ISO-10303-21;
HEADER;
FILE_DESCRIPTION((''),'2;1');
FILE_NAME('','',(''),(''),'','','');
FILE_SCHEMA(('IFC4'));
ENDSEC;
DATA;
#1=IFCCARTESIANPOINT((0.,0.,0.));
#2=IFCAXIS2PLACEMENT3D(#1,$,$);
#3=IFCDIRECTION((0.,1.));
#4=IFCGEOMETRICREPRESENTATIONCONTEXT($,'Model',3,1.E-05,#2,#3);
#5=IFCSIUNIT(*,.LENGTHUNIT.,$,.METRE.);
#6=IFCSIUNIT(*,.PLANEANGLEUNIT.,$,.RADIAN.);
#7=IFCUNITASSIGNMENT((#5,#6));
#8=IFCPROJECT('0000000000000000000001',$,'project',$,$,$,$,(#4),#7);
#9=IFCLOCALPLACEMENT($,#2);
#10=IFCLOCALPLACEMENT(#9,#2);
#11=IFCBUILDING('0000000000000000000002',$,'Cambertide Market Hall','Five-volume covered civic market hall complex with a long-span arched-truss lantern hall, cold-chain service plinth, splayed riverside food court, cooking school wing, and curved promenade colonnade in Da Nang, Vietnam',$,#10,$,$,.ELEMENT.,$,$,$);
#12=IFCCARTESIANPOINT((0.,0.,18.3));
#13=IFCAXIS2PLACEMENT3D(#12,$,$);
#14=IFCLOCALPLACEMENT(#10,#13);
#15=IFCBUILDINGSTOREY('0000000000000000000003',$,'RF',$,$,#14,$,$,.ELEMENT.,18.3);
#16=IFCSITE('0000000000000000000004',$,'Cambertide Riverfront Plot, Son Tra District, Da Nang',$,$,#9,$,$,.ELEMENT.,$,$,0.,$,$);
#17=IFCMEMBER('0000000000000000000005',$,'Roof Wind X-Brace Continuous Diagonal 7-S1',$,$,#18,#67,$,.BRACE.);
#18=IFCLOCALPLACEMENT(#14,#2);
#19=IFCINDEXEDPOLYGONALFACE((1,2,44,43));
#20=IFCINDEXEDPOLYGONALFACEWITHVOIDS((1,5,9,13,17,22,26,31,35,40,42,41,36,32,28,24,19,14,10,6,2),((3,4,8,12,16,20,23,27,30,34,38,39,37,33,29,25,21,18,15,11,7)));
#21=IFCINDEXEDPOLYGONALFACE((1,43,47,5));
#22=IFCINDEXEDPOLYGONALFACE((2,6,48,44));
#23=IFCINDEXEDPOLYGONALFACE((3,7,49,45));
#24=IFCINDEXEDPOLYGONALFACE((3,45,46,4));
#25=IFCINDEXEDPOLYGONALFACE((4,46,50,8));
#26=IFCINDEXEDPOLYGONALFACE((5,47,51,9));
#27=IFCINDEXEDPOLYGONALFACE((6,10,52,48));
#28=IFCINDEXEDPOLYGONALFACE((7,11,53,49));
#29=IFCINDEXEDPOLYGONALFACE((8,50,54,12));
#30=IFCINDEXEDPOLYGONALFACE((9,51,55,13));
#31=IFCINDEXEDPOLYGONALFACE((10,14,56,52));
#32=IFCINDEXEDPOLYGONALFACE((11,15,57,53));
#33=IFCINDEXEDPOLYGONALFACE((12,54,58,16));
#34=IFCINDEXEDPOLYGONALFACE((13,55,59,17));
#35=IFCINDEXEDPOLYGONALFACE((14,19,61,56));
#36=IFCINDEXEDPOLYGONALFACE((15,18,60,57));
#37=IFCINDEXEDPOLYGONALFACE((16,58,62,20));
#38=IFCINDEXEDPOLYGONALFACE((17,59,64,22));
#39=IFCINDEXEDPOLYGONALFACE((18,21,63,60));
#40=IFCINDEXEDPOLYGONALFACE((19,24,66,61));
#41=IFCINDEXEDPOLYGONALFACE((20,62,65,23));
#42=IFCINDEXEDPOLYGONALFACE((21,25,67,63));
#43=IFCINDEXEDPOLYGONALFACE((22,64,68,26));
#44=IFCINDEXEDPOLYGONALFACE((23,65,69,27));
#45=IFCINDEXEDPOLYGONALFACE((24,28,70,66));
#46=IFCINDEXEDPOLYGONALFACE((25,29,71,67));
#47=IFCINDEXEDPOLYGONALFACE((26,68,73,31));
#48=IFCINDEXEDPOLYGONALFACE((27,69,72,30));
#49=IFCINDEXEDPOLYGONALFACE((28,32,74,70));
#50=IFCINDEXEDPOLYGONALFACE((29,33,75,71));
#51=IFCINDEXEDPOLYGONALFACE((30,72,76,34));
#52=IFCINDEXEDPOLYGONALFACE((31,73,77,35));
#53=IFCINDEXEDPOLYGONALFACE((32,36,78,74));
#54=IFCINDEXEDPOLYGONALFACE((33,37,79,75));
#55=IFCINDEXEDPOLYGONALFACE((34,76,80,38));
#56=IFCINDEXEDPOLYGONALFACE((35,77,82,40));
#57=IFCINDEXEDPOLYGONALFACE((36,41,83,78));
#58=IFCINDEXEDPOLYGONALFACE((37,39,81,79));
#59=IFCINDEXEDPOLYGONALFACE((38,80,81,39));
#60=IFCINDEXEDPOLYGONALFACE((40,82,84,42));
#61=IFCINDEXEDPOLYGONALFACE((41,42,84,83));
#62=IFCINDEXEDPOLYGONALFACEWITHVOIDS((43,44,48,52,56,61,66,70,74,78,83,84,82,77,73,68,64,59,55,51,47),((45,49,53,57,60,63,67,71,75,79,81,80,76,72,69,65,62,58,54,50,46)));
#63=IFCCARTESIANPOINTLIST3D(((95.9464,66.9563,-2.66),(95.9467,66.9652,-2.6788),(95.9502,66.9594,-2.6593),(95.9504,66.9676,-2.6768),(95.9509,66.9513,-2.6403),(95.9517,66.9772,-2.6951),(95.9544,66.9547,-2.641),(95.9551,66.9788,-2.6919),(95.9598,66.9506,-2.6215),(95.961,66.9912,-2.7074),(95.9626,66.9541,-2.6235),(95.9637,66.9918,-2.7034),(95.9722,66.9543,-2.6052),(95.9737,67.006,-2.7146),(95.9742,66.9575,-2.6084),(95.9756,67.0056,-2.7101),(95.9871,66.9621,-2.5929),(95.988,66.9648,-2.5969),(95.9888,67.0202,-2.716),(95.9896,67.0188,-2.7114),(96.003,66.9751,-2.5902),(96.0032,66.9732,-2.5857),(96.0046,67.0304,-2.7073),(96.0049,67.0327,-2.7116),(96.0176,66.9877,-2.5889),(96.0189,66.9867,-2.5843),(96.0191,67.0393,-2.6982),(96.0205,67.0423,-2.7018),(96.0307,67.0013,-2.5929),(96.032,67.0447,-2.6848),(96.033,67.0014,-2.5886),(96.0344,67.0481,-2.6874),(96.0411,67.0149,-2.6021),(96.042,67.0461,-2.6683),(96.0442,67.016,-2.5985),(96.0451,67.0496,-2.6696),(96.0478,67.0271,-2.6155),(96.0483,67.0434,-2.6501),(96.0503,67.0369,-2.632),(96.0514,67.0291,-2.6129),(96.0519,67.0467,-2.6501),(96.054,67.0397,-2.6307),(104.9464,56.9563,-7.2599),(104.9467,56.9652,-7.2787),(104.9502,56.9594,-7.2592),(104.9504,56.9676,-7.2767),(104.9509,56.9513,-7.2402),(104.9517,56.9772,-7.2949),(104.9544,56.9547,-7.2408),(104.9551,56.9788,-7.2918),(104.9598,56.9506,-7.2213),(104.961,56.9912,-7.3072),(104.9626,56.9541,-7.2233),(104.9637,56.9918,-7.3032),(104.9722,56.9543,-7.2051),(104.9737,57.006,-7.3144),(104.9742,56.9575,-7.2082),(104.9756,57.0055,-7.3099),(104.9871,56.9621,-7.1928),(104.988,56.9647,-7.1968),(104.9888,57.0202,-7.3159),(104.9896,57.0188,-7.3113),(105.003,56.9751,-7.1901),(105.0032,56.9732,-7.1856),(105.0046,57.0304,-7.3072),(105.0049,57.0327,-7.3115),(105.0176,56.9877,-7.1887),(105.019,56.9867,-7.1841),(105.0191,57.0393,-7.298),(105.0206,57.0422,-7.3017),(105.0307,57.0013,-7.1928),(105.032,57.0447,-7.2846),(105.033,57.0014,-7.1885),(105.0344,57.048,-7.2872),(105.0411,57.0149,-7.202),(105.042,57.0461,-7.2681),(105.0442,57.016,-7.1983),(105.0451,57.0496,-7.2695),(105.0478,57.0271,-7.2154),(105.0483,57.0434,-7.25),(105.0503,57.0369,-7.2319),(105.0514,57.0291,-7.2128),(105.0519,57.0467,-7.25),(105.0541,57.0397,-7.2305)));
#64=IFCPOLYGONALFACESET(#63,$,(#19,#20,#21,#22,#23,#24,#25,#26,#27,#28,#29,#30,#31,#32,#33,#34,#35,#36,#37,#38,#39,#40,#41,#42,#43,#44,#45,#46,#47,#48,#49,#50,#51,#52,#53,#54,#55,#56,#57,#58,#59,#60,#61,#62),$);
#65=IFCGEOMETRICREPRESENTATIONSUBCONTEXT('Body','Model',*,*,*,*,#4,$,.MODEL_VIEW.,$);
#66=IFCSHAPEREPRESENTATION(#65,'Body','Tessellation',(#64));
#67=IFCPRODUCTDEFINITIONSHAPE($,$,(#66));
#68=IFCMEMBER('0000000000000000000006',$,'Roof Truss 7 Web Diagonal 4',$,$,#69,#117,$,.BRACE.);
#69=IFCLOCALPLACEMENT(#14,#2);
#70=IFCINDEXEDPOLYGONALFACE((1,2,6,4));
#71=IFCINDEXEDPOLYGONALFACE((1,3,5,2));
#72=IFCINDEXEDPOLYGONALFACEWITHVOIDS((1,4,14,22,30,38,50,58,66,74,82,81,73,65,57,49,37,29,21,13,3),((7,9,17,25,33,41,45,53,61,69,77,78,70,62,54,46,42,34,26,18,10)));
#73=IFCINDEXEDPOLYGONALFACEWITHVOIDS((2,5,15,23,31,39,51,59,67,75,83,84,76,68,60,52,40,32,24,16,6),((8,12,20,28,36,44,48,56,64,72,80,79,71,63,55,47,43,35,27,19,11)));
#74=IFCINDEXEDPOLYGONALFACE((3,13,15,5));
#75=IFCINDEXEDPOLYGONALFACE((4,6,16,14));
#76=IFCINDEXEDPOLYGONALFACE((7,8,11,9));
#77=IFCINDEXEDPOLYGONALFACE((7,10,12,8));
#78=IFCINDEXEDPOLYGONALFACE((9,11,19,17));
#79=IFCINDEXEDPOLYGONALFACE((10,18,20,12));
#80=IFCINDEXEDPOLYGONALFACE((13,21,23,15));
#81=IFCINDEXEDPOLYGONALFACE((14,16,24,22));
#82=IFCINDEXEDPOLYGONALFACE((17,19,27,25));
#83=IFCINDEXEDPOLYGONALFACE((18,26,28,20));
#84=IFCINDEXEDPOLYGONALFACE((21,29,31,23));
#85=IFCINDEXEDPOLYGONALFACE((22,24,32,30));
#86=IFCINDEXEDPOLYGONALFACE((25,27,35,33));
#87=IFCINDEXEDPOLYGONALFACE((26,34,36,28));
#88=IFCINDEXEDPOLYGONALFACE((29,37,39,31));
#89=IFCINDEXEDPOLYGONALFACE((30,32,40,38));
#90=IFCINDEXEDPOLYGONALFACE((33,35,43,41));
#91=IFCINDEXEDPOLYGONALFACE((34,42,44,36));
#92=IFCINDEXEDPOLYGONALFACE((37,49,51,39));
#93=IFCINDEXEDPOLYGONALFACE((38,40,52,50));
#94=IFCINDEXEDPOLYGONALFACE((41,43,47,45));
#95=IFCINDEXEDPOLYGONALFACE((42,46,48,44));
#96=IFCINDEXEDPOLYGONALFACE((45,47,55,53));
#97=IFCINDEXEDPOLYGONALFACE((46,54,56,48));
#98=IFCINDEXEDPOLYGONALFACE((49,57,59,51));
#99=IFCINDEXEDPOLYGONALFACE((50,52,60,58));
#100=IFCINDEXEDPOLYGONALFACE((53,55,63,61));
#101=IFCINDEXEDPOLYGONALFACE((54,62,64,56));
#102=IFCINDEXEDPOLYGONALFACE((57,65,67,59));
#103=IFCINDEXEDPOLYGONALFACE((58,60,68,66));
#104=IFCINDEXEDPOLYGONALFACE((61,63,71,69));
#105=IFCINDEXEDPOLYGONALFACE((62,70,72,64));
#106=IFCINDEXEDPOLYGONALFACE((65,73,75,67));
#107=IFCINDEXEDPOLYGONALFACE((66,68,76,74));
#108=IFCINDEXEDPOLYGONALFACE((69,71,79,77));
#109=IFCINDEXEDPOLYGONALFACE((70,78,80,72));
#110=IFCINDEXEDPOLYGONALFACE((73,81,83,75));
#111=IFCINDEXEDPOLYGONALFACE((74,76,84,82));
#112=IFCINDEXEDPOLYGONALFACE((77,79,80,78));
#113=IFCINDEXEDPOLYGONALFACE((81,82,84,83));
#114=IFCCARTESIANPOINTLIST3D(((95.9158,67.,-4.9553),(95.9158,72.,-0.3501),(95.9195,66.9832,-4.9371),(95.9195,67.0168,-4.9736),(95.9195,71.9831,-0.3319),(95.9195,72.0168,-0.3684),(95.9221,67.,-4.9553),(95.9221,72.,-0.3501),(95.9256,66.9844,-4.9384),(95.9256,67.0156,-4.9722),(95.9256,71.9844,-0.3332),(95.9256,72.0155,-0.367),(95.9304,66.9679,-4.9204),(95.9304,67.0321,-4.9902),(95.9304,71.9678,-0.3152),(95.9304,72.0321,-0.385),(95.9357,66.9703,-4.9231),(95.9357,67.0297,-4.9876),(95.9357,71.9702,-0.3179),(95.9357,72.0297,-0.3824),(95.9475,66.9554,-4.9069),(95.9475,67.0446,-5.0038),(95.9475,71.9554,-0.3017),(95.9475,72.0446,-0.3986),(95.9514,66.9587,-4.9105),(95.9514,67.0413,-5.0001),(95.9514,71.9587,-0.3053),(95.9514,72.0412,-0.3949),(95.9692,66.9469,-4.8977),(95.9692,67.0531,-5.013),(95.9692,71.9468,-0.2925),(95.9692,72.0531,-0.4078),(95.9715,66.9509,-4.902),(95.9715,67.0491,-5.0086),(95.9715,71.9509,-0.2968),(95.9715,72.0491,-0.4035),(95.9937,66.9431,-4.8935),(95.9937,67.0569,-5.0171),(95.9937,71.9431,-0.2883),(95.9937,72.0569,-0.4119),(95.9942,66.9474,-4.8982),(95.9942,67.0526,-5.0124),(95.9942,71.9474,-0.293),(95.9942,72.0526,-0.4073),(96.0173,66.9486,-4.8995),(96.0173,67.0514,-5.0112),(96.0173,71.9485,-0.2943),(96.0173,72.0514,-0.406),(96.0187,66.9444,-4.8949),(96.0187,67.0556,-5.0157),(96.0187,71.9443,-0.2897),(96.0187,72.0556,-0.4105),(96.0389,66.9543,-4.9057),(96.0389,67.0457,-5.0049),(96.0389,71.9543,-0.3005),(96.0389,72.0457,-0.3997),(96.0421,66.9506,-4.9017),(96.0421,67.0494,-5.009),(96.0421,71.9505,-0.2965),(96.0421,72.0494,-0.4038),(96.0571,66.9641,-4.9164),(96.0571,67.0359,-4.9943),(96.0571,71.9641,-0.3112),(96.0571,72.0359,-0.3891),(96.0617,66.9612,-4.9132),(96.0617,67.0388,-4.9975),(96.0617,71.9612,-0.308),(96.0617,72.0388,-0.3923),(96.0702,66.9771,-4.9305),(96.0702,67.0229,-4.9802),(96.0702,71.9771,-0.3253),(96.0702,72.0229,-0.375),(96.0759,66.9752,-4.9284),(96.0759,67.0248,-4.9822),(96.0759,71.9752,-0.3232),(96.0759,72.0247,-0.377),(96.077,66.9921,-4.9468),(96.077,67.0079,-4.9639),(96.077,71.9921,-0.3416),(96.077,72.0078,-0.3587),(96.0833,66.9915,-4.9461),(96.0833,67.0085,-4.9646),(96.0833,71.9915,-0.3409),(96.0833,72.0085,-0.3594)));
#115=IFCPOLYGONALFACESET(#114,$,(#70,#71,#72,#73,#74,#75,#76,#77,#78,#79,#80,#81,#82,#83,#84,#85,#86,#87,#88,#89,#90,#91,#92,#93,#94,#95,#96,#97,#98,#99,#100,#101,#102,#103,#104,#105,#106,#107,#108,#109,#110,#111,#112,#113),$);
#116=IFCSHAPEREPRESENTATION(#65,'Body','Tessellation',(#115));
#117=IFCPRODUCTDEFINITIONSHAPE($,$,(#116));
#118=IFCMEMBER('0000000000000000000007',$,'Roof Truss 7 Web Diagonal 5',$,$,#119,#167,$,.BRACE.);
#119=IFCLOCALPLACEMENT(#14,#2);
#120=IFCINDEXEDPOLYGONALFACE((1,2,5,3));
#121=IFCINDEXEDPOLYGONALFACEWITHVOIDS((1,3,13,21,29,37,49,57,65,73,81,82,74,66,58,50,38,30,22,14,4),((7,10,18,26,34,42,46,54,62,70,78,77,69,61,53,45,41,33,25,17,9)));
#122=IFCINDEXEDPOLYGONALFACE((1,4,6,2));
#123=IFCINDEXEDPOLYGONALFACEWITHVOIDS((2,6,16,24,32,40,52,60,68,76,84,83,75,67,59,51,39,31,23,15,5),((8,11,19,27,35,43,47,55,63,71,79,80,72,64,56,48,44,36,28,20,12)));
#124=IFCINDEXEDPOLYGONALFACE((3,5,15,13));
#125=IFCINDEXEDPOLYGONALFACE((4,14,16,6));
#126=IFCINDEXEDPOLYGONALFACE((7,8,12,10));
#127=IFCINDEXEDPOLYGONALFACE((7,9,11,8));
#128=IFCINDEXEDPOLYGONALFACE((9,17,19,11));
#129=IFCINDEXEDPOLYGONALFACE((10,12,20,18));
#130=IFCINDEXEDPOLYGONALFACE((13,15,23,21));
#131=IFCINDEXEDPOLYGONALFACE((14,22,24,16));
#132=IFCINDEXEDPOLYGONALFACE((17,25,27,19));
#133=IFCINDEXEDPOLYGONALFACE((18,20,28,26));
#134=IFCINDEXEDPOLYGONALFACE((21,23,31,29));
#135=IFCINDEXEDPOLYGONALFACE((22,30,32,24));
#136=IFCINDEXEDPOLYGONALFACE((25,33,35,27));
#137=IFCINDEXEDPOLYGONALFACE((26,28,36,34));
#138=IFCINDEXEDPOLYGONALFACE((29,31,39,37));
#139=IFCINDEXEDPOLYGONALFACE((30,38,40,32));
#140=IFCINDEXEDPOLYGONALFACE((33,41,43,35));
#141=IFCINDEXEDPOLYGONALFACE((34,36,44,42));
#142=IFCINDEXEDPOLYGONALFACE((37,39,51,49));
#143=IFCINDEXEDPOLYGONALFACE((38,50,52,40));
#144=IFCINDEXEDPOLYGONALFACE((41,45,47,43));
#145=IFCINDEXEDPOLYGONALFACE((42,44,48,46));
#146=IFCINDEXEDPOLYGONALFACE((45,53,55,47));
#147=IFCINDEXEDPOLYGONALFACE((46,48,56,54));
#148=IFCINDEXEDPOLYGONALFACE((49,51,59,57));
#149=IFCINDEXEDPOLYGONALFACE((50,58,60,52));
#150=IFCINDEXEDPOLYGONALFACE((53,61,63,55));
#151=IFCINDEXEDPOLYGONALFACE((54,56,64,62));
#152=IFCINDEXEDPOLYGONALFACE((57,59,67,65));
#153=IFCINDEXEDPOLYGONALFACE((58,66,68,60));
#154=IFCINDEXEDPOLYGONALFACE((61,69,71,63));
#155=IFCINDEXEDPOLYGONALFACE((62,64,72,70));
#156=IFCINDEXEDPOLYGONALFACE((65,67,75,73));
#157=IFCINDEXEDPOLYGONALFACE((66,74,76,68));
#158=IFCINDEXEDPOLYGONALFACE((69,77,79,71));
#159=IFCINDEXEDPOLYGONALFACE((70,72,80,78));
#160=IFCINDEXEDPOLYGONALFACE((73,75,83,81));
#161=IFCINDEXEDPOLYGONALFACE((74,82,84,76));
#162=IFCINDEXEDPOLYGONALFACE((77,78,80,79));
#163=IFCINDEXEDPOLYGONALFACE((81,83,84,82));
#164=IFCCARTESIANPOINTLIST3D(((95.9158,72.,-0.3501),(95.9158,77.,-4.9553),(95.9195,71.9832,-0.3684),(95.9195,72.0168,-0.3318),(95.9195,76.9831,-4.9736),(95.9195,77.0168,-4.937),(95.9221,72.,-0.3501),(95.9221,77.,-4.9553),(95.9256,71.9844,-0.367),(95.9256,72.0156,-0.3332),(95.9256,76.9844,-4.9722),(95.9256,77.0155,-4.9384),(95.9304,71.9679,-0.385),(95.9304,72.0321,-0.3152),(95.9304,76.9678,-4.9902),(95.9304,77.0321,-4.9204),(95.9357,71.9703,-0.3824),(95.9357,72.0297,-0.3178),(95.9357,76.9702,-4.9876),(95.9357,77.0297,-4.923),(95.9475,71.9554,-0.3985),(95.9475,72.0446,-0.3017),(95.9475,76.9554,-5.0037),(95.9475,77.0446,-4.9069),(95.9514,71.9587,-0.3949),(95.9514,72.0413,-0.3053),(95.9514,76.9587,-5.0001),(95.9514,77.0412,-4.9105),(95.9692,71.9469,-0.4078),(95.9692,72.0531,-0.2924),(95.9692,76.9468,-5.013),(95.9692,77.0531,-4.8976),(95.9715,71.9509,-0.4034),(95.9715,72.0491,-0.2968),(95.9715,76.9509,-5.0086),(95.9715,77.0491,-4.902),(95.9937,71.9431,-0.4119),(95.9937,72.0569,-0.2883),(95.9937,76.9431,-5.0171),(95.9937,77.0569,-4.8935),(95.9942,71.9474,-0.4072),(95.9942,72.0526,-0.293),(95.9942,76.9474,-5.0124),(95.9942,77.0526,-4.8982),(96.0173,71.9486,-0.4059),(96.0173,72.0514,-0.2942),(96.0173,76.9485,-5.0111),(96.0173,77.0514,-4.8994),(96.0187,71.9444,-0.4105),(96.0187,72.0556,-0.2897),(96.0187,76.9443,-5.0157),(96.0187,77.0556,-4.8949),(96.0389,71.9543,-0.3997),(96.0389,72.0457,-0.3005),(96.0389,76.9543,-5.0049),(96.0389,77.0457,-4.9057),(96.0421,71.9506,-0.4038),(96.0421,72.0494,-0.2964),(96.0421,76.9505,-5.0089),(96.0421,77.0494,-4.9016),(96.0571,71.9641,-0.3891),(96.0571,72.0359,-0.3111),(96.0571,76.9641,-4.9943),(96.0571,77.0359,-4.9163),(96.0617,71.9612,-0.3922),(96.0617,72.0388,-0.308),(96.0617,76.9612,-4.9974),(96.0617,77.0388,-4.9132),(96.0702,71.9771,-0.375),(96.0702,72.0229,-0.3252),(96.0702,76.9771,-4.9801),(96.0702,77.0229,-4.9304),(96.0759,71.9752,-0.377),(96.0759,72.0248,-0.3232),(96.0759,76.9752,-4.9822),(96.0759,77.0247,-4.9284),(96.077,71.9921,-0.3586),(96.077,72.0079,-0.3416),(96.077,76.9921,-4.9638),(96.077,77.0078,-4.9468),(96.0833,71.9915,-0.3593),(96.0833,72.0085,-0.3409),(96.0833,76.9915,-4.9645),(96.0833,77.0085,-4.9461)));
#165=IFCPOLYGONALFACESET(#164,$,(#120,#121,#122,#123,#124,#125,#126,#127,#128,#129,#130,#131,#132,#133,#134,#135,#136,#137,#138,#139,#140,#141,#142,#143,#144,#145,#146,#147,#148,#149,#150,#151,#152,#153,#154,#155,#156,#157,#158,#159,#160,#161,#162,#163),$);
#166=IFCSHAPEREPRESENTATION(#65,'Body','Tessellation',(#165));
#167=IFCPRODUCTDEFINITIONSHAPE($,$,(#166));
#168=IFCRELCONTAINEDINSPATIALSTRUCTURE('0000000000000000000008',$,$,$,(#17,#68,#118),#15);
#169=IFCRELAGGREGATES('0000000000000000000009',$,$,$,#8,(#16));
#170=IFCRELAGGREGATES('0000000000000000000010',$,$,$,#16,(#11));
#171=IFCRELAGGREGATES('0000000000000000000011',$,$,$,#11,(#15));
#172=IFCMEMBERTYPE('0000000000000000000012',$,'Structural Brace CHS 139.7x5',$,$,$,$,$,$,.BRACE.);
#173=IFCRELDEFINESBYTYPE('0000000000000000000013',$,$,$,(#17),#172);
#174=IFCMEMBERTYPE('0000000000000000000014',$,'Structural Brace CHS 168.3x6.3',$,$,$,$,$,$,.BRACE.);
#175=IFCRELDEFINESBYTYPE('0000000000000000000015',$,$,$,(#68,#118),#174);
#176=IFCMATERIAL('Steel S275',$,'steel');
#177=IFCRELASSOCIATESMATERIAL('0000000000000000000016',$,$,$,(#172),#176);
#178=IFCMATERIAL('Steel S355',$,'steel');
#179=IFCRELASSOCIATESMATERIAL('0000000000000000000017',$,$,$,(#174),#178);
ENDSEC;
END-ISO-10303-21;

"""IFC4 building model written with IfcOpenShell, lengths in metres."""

from ifc_helpers import new_model, si_unit, direction, frame, origin, origin_2d, place, context, subcontext, project, spatial, hollow_circle, extrude, material, material_profile, profile_set, type_object, element, save


model = new_model("IFC4")

# Units and contexts
model_context = context("Model", 3, precision=1e-05, world=origin(), true_north=direction((0.0, 1.0)))
body_context = subcontext(model_context, "Body", "Model", "MODEL_VIEW")
ifc_project = project(units=[si_unit("LENGTHUNIT", "METRE"), si_unit("PLANEANGLEUNIT", "RADIAN")], contexts=[model_context])

# Site, building, storey
site_placement = place(None, origin())
site = spatial("IfcSite", under=ifc_project, at=site_placement, Name="Cambertide Riverfront Plot, Son Tra District, Da Nang", CompositionType="ELEMENT", RefElevation=0.0)
building_placement = place(site_placement, origin())
building = spatial("IfcBuilding", under=site, at=building_placement, Name="Cambertide Market Hall", Description="Five-volume covered civic market hall complex with a long-span arched-truss lantern hall, cold-chain service plinth, splayed riverside food court, cooking school wing, and curved promenade colonnade in Da Nang, Vietnam", CompositionType="ELEMENT")
storey_placement = place(building_placement, frame((0.0, 0.0, 18.3)))
storey = spatial("IfcBuildingStorey", under=building, at=storey_placement, Name="RF", CompositionType="ELEMENT", Elevation=18.3)

# Members
ifc_material_1 = material(Name="Steel S275", Category="steel")
ifc_material_profile_1 = material_profile(ifc_material_1, hollow_circle(Radius=0.0698, WallThickness=0.0049, at=origin_2d()), Name="CHS 139.7x5")
ifc_profile_set_1 = profile_set([ifc_material_profile_1], Name="Steel S275")
member_type_1 = type_object("IfcMemberType", Name="Structural Brace CHS 139.7x5", PredefinedType="BRACE", material=ifc_profile_set_1)
member_1_placement = place(storey_placement, frame((96.0, 67.0, -2.6501), z_axis=(0.632989, -0.703321, -0.323518), x_axis=(0.743294, 0.668965, 0.0)))
element("IfcMember", 1, at=member_1_placement, inside=storey, type_object=member_type_1, Name="Roof Wind X-Brace Continuous Diagonal 7-S1", PredefinedType="BRACE", context=body_context, shape_type="SweptSolid", body=[
    extrude(hollow_circle(Radius=0.0698, WallThickness=0.0049, at=origin_2d()), origin(), (0.0, 0.0, 1.0), 14.2183),
])
ifc_material_2 = material(Name="Steel S355", Category="steel")
ifc_material_profile_2 = material_profile(ifc_material_2, hollow_circle(Radius=0.0842, WallThickness=0.0063, at=origin_2d()), Name="CHS 168.3x6.3")
ifc_profile_set_2 = profile_set([ifc_material_profile_2], Name="Steel S355")
member_type_2 = type_object("IfcMemberType", Name="Structural Brace CHS 168.3x6.3", PredefinedType="BRACE", material=ifc_profile_set_2)
for number, where, z_axis, x_axis, name in (
    (2, (96.0, 67.0, -4.9553), (0.0, 0.735548, 0.677473), (-1.0, 0.0, 0.0), "Roof Truss 7 Web Diagonal 4"),
    (3, (96.0, 72.0, -0.3501), (0.0, 0.735548, -0.677473), (-1.0, 0.0, 0.0), "Roof Truss 7 Web Diagonal 5"),
):
    element("IfcMember", number, at=place(storey_placement, frame(where, z_axis=z_axis, x_axis=x_axis)), inside=storey, type_object=member_type_2, Name=name, PredefinedType="BRACE", context=body_context, shape_type="SweptSolid", body=[
        extrude(hollow_circle(Radius=0.0842, WallThickness=0.0063, at=origin_2d()), origin(), (0.0, 0.0, 1.0), 6.7976),
    ])

save(model, "model.ifc")
